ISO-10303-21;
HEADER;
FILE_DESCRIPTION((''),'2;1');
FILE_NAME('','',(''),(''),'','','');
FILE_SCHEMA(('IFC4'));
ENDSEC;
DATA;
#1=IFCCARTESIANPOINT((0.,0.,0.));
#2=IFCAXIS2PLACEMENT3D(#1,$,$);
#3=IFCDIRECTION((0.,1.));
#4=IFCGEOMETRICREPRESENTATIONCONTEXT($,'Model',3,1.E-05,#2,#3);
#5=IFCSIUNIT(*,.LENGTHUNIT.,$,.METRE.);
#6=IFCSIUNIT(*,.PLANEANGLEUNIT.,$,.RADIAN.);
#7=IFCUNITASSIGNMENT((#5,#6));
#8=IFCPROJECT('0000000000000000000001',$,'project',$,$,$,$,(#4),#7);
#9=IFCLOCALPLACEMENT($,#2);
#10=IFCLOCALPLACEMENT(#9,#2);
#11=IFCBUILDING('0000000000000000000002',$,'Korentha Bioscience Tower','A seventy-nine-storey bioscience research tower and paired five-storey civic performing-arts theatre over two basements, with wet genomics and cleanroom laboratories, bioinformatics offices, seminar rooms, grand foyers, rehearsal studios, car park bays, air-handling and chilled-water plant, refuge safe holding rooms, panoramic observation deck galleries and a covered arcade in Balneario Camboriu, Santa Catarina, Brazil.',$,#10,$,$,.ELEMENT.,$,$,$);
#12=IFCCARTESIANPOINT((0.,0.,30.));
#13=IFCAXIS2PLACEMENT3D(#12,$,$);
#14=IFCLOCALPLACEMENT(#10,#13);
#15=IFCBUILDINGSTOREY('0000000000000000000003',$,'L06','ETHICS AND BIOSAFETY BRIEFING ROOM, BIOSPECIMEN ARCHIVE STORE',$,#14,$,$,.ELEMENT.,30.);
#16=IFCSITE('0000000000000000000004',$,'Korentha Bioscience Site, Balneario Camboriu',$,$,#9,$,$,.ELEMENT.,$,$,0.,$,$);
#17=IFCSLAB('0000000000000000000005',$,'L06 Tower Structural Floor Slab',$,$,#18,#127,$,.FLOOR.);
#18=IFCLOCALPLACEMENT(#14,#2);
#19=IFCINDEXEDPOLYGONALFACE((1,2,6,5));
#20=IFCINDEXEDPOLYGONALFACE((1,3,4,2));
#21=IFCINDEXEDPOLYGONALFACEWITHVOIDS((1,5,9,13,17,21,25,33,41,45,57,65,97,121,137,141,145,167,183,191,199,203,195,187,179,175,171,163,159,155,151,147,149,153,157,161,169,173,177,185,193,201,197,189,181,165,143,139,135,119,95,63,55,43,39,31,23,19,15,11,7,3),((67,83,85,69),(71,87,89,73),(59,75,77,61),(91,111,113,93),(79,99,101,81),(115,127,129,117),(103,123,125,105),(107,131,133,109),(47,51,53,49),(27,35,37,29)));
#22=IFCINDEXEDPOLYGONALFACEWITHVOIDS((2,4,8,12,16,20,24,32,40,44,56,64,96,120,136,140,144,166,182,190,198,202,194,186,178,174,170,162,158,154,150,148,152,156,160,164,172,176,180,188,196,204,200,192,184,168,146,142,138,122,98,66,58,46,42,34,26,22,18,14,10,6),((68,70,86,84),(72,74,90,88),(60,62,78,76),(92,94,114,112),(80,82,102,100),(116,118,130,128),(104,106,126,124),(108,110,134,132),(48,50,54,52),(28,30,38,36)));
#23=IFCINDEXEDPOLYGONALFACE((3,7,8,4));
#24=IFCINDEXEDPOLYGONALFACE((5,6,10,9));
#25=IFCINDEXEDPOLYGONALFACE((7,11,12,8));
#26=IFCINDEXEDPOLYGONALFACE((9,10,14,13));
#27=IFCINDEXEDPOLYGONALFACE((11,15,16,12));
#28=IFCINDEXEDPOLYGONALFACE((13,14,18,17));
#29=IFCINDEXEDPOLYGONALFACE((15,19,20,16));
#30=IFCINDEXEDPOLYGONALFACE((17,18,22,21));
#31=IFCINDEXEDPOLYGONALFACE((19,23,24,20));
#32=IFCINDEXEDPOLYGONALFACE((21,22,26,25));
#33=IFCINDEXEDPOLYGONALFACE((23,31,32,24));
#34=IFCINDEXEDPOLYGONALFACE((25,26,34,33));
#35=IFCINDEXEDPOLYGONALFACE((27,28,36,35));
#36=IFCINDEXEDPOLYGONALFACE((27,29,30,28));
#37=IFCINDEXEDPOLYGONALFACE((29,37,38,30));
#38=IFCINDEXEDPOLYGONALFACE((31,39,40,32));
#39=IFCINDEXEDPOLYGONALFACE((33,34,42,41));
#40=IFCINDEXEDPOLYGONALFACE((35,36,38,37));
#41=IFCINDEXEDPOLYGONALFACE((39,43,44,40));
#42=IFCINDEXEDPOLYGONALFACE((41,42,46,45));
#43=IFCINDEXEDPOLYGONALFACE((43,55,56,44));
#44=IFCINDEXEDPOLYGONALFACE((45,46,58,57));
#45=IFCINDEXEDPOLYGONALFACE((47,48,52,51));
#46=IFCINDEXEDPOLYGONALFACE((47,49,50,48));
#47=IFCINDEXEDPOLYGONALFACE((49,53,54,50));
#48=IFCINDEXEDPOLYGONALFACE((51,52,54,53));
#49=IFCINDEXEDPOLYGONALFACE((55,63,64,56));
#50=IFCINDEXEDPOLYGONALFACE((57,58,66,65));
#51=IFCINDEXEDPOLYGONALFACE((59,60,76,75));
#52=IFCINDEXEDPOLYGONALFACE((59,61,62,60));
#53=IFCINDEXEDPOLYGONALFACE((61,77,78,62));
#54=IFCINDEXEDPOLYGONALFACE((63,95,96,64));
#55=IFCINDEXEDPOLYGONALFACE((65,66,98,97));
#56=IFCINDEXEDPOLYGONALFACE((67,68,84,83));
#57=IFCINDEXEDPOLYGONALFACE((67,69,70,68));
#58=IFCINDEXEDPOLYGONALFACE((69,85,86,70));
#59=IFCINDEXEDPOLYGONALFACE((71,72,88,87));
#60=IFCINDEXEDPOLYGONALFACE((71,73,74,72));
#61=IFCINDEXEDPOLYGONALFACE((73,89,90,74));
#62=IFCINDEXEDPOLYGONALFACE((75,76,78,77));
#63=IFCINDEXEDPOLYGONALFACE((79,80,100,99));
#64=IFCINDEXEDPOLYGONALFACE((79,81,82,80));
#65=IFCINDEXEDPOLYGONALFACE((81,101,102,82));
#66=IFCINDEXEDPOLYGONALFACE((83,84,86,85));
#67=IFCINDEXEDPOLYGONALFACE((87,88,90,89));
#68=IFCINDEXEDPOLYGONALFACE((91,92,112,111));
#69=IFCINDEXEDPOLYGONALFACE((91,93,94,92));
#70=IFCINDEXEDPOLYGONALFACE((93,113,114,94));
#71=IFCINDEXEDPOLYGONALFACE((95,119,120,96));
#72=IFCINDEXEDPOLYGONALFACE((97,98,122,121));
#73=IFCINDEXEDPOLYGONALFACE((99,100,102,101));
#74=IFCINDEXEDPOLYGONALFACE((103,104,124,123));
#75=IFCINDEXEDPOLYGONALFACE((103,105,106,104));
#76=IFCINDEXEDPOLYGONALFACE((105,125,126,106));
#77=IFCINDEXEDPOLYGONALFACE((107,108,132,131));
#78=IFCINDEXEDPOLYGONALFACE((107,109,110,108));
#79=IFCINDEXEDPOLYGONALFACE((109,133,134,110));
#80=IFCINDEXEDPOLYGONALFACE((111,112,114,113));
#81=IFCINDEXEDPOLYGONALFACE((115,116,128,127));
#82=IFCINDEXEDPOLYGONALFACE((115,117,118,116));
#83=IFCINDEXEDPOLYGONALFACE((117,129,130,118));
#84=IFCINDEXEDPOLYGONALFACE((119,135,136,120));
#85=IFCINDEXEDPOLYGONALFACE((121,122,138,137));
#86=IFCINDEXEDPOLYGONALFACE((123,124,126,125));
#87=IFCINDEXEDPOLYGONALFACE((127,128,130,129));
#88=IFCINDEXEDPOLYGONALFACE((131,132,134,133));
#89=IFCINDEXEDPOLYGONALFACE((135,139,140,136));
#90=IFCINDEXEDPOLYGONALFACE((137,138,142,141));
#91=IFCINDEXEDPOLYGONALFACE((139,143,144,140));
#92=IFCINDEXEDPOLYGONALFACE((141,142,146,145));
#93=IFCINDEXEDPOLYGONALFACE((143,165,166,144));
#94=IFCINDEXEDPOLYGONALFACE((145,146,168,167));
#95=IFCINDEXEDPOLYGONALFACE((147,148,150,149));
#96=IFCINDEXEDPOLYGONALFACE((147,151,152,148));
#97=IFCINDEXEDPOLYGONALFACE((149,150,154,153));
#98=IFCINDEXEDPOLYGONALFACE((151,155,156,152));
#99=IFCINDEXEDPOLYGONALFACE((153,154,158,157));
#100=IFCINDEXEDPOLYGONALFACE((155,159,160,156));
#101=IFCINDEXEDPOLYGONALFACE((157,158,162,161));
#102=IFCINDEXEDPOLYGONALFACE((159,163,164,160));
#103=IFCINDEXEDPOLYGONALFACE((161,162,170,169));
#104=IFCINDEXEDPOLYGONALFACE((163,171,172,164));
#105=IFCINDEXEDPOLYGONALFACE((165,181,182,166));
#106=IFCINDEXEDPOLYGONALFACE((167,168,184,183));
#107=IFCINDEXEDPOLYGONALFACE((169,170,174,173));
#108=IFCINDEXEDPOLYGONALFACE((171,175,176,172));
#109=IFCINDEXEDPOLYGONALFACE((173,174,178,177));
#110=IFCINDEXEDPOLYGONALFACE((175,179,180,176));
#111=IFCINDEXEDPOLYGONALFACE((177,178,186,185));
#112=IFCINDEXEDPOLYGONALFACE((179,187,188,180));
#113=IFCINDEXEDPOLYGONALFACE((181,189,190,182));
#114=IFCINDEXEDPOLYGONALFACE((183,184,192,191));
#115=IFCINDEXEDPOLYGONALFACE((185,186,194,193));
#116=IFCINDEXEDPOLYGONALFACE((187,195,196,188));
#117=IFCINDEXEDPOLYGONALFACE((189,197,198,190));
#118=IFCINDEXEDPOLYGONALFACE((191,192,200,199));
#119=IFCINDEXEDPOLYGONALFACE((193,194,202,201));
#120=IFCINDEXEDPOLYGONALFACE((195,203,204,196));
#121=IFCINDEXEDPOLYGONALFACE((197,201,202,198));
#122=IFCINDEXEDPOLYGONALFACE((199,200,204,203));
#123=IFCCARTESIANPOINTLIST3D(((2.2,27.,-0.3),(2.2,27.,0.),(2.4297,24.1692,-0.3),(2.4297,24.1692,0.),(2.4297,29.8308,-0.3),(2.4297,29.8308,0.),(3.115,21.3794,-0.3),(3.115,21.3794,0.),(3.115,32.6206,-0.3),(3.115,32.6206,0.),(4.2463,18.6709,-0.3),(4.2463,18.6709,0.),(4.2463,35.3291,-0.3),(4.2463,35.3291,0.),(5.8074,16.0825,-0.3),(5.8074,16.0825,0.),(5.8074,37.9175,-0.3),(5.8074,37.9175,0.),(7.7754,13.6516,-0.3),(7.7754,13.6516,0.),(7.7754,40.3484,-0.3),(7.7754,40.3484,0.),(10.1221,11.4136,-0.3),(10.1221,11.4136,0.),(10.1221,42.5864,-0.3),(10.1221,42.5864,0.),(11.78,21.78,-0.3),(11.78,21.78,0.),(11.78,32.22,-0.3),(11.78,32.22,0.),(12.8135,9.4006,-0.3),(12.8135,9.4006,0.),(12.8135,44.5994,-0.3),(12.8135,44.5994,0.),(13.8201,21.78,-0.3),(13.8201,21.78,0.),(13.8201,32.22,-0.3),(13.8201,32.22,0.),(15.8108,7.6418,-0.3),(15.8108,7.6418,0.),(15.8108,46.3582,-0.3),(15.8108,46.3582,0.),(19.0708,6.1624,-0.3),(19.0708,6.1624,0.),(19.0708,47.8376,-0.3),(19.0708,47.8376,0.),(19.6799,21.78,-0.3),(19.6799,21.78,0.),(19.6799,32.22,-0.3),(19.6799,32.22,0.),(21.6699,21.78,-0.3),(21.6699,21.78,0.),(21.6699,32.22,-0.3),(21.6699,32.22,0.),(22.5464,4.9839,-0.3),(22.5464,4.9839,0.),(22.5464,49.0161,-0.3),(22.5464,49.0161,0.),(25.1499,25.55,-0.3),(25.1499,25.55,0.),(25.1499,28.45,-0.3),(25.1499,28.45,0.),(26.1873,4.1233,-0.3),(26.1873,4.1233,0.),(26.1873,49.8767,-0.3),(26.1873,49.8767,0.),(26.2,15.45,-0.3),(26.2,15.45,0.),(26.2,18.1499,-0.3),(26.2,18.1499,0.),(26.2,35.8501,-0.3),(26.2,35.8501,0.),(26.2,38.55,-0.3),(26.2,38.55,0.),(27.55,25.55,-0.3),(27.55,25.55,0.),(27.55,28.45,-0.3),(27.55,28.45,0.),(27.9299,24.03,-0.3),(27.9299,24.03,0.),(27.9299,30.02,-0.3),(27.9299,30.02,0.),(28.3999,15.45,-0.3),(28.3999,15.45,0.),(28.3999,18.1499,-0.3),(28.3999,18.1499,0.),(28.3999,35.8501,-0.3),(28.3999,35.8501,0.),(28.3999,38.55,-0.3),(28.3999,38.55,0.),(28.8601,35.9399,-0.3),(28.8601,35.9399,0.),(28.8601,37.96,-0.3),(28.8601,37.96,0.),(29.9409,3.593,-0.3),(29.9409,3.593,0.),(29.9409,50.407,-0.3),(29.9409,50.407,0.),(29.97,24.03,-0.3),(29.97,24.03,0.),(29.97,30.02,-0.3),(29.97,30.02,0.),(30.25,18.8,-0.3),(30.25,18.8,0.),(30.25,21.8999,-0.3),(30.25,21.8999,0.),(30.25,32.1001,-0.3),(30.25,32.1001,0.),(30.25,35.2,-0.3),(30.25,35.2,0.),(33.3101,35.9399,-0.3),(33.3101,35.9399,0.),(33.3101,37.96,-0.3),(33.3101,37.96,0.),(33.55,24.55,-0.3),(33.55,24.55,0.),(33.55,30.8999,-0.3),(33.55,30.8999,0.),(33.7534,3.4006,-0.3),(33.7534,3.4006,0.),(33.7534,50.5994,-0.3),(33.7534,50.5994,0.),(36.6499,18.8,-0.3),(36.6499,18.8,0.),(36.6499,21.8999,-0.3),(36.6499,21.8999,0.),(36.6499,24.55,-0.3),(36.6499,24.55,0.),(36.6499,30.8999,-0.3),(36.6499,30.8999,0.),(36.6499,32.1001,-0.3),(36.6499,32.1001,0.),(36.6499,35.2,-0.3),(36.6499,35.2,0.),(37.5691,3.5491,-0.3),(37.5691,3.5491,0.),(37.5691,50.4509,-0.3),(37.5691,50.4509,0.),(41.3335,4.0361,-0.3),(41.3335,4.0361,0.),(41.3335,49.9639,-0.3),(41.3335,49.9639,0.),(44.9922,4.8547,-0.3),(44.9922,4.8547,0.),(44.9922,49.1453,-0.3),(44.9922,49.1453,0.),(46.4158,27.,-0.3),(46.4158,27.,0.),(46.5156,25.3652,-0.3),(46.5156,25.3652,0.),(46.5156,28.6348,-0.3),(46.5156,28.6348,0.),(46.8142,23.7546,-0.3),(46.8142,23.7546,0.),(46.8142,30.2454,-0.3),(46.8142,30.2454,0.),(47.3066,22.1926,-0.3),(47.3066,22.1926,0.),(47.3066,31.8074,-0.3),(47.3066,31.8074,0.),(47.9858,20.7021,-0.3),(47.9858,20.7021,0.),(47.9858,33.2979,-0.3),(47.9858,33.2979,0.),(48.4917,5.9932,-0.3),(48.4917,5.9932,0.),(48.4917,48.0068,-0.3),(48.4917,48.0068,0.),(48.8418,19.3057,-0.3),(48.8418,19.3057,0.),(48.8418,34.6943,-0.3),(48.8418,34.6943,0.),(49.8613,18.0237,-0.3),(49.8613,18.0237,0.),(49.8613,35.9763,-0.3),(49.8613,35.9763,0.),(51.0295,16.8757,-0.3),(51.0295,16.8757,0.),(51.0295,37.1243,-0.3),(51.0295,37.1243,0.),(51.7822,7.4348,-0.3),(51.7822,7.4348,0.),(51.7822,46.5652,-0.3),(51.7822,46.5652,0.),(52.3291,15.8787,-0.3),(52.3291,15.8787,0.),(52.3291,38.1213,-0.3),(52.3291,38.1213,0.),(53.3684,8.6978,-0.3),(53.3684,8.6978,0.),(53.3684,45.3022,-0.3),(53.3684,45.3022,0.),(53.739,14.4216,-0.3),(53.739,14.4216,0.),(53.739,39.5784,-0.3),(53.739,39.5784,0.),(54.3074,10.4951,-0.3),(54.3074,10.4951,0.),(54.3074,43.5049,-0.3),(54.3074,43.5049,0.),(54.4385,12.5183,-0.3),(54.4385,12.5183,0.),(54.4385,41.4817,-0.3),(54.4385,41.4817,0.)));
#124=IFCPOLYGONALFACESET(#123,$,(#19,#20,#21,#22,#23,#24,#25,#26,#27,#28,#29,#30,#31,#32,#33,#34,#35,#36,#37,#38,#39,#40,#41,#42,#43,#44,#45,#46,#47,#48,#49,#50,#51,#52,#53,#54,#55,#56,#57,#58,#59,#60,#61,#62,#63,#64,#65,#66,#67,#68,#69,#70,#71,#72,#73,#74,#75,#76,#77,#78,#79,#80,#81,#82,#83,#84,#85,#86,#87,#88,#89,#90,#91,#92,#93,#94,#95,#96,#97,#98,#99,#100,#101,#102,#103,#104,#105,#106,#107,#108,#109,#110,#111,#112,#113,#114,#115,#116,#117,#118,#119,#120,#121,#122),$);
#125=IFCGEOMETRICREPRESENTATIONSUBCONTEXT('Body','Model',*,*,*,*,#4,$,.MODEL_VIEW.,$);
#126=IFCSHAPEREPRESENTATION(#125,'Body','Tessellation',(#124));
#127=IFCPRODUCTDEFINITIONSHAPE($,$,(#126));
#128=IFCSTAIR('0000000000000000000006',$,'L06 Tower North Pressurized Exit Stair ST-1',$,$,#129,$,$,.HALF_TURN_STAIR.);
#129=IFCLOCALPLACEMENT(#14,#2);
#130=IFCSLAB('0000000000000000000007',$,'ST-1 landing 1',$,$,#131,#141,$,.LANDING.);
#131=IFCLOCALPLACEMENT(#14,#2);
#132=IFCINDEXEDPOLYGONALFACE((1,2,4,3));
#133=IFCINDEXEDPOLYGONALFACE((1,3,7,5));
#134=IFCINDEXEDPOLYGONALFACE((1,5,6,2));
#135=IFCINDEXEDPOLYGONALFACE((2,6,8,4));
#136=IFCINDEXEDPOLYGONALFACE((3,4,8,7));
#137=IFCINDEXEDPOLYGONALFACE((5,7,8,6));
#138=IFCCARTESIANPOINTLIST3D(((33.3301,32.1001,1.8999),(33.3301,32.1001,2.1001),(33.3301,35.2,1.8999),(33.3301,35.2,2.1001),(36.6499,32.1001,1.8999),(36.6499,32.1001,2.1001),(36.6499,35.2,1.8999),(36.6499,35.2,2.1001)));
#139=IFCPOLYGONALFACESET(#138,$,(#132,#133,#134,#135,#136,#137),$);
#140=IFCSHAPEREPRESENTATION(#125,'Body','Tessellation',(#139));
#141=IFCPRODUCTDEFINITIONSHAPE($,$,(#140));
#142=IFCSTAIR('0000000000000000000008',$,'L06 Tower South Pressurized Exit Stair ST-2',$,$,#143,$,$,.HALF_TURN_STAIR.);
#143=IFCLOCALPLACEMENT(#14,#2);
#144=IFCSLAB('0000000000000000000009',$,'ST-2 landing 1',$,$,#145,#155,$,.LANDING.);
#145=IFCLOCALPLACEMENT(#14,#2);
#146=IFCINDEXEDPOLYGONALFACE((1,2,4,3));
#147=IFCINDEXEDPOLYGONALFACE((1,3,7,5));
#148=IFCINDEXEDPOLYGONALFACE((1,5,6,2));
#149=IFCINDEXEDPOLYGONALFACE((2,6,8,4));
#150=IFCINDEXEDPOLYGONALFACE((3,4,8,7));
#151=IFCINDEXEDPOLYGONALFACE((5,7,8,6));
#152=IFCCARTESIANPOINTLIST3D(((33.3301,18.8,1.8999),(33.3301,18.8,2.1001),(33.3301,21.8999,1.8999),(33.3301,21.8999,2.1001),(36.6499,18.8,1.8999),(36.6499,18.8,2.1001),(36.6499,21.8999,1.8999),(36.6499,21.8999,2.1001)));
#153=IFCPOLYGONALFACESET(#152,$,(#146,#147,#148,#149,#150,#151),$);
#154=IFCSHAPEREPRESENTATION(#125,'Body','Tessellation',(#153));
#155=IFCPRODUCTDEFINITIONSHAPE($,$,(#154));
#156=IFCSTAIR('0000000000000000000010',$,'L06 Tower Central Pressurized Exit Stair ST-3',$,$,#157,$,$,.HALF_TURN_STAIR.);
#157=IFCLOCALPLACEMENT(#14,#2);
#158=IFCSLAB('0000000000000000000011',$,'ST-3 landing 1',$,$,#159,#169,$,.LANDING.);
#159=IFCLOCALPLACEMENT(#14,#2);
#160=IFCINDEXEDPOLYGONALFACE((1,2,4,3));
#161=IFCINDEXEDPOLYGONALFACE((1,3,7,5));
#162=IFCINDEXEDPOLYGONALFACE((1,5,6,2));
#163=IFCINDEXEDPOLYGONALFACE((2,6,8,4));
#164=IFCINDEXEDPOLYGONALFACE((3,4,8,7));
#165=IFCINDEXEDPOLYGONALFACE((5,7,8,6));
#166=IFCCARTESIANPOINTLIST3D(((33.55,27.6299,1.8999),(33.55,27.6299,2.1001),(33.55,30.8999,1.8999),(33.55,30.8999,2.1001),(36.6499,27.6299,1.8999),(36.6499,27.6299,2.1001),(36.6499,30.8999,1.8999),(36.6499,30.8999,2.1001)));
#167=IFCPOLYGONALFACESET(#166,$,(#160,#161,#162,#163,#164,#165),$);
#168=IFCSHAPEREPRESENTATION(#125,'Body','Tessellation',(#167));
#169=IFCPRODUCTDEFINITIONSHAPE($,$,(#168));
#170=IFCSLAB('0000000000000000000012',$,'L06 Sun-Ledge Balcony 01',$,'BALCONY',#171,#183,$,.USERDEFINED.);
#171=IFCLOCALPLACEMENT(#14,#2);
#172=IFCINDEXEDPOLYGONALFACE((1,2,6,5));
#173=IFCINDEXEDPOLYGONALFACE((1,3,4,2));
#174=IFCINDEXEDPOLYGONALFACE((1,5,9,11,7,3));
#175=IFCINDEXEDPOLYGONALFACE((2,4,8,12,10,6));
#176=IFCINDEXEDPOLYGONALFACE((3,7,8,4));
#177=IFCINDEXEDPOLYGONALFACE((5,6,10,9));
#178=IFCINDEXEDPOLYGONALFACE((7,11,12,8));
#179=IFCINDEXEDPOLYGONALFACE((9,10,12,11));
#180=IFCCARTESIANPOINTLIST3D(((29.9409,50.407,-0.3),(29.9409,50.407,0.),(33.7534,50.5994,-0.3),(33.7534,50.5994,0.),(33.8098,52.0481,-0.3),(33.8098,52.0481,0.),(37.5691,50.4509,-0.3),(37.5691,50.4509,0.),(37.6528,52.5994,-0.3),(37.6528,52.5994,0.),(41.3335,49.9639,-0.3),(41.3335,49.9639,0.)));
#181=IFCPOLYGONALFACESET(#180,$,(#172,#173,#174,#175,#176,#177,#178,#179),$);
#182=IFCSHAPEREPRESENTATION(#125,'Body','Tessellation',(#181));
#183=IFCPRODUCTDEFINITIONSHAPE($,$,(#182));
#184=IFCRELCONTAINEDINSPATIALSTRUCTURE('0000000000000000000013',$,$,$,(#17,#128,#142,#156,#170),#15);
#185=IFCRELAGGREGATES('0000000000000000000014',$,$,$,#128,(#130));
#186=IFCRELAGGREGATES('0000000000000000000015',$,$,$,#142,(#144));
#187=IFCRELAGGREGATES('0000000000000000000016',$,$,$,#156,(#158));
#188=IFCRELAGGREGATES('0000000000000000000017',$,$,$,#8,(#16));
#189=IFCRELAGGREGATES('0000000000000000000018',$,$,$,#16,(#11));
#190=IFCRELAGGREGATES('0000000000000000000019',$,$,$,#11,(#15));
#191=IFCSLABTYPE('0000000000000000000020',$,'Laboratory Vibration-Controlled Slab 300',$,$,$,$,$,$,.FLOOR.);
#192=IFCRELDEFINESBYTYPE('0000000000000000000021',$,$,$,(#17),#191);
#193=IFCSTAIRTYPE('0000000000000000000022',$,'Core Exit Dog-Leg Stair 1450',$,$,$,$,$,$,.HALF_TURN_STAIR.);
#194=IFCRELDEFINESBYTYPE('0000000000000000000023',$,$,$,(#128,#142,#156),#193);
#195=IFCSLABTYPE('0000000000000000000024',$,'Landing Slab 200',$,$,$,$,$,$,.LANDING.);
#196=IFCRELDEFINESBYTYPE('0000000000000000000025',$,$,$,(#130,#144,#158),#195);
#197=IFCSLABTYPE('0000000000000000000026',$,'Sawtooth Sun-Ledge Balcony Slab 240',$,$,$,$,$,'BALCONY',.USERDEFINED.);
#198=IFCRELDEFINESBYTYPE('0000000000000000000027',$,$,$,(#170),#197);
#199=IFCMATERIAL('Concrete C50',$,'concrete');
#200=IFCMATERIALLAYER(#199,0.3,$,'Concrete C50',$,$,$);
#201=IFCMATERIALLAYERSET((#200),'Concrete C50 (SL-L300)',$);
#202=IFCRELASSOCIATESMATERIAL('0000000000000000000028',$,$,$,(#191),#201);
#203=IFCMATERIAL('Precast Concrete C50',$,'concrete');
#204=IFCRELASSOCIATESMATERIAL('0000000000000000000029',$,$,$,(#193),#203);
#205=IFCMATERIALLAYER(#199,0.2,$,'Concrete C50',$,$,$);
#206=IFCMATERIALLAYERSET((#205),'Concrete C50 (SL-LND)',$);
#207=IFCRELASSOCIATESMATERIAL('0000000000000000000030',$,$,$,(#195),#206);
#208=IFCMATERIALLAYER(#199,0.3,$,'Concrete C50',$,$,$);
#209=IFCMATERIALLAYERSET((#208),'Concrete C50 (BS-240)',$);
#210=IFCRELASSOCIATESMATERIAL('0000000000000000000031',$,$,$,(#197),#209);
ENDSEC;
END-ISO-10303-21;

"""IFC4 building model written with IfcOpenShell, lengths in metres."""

from ifc_helpers import new_model, si_unit, direction, frame, origin, place, context, subcontext, project, spatial, polyline, outline, extrude, material, layer, layer_set, type_object, element, aggregate, save


model = new_model("IFC4")

# Units and contexts
model_context = context("Model", 3, precision=1e-05, world=origin(), true_north=direction((0.0, 1.0)))
body_context = subcontext(model_context, "Body", "Model", "MODEL_VIEW")
ifc_project = project(units=[si_unit("LENGTHUNIT", "METRE"), si_unit("PLANEANGLEUNIT", "RADIAN")], contexts=[model_context])

# Site, building, storey
site_placement = place(None, origin())
site = spatial("IfcSite", under=ifc_project, at=site_placement, Name="Korentha Bioscience Site, Balneario Camboriu", CompositionType="ELEMENT", RefElevation=0.0)
building_placement = place(site_placement, origin())
building = spatial("IfcBuilding", under=site, at=building_placement, Name="Korentha Bioscience Tower", Description="A seventy-nine-storey bioscience research tower and paired five-storey civic performing-arts theatre over two basements, with wet genomics and cleanroom laboratories, bioinformatics offices, seminar rooms, grand foyers, rehearsal studios, car park bays, air-handling and chilled-water plant, refuge safe holding rooms, panoramic observation deck galleries and a covered arcade in Balneario Camboriu, Santa Catarina, Brazil.", CompositionType="ELEMENT")
storey_placement = place(building_placement, frame((0.0, 0.0, 30.0)))
storey = spatial("IfcBuildingStorey", under=building, at=storey_placement, Name="L06", Description="ETHICS AND BIOSAFETY BRIEFING ROOM, BIOSPECIMEN ARCHIVE STORE", CompositionType="ELEMENT", Elevation=30.0)

# Slab
ifc_material_1 = material(Name="Concrete C50", Category="concrete")
ifc_layer_1 = layer(ifc_material_1, 0.3, Name="Concrete C50")
ifc_layer_set_1 = layer_set([ifc_layer_1], Name="Concrete C50 (SL-L300)")
slab_type_1 = type_object("IfcSlabType", Name="Laboratory Vibration-Controlled Slab 300", PredefinedType="FLOOR", material=ifc_layer_set_1)
slab_1_placement = place(storey_placement, frame((0.0, 0.0, -0.3)))
element("IfcSlab", 1, at=slab_1_placement, inside=storey, type_object=slab_type_1, Name="L06 Tower Structural Floor Slab", PredefinedType="FLOOR", context=body_context, shape_type="SweptSolid", body=[
    extrude(outline(polyline([(51.7822, 46.5652), (48.4917, 48.0068), (44.9922, 49.1453), (41.3335, 49.9639), (37.5691, 50.4509), (33.7534, 50.5994), (29.9409, 50.407), (26.1873, 49.8767), (22.5464, 49.0161), (19.0708, 47.8376), (15.8108, 46.3582), (12.8135, 44.5994), (10.1221, 42.5864), (7.7754, 40.3484), (5.8074, 37.9175), (4.2463, 35.3291), (3.115, 32.6206), (2.4297, 29.8308), (2.2, 27.0), (2.4297, 24.1692), (3.115, 21.3794), (4.2463, 18.6709), (5.8074, 16.0825), (7.7754, 13.6516), (10.1221, 11.4136), (12.8135, 9.4006), (15.8108, 7.6418), (19.0708, 6.1624), (22.5464, 4.9839), (26.1873, 4.1233), (29.9409, 3.593), (33.7534, 3.4006), (37.5691, 3.5491), (41.3335, 4.0361), (44.9922, 4.8547), (48.4917, 5.9932), (51.7822, 7.4348), (53.3684, 8.6978), (54.3074, 10.4951), (54.4385, 12.5183), (53.739, 14.4216), (52.3291, 15.8787), (51.0295, 16.8757), (49.8613, 18.0237), (48.8418, 19.3057), (47.9858, 20.7021), (47.3066, 22.1926), (46.8142, 23.7546), (46.5156, 25.3652), (46.4158, 27.0), (46.5156, 28.6348), (46.8142, 30.2454), (47.3066, 31.8074), (47.9858, 33.2979), (48.8418, 34.6943), (49.8613, 35.9763), (51.0295, 37.1243), (52.3291, 38.1213), (53.739, 39.5784), (54.4385, 41.4817), (54.3074, 43.5049), (53.3684, 45.3022), (51.7822, 46.5652)]), holes=[polyline([(30.25, 32.1001), (36.6499, 32.1001), (36.6499, 35.2), (30.25, 35.2), (30.25, 32.1001)]), polyline([(30.25, 18.8), (36.6499, 18.8), (36.6499, 21.8999), (30.25, 21.8999), (30.25, 18.8)]), polyline([(36.6499, 24.55), (36.6499, 30.8999), (33.55, 30.8999), (33.55, 24.55), (36.6499, 24.55)]), polyline([(11.78, 21.78), (13.8201, 21.78), (13.8201, 32.22), (11.78, 32.22), (11.78, 21.78)]), polyline([(19.6799, 21.78), (21.6699, 21.78), (21.6699, 32.22), (19.6799, 32.22), (19.6799, 21.78)]), polyline([(27.9299, 24.03), (29.97, 24.03), (29.97, 30.02), (27.9299, 30.02), (27.9299, 24.03)]), polyline([(28.8601, 35.9399), (33.3101, 35.9399), (33.3101, 37.96), (28.8601, 37.96), (28.8601, 35.9399)]), polyline([(26.2, 15.45), (28.3999, 15.45), (28.3999, 18.1499), (26.2, 18.1499), (26.2, 15.45)]), polyline([(26.2, 35.8501), (28.3999, 35.8501), (28.3999, 38.55), (26.2, 38.55), (26.2, 35.8501)]), polyline([(25.1499, 25.55), (27.55, 25.55), (27.55, 28.45), (25.1499, 28.45), (25.1499, 25.55)])]), origin(), (0.0, 0.0, 1.0), 0.3),
])

# Stairs, slabs
ifc_material_2 = material(Name="Precast Concrete C50", Category="concrete")
stair_type = type_object("IfcStairType", Name="Core Exit Dog-Leg Stair 1450", PredefinedType="HALF_TURN_STAIR", material=ifc_material_2)
stair_1_placement = place(storey_placement, origin())
stair_1 = element("IfcStair", 2, at=stair_1_placement, inside=storey, type_object=stair_type, Name="L06 Tower North Pressurized Exit Stair ST-1", PredefinedType="HALF_TURN_STAIR")
ifc_layer_2 = layer(ifc_material_1, 0.2, Name="Concrete C50")
ifc_layer_set_2 = layer_set([ifc_layer_2], Name="Concrete C50 (SL-LND)")
slab_type_2 = type_object("IfcSlabType", Name="Landing Slab 200", PredefinedType="LANDING", material=ifc_layer_set_2)
slab_2_placement = place(storey_placement, frame((0.0, 0.0, 1.8999)))
slab_2 = element("IfcSlab", 3, at=slab_2_placement, type_object=slab_type_2, Name="ST-1 landing 1", PredefinedType="LANDING", context=body_context, shape_type="SweptSolid", body=[
    extrude(outline(polyline([(33.3301, 32.1001), (36.6499, 32.1001), (36.6499, 35.2), (33.3301, 35.2), (33.3301, 32.1001)])), origin(), (0.0, 0.0, 1.0), 0.2002),
])
aggregate(stair_1, [slab_2])
stair_2_placement = place(storey_placement, origin())
stair_2 = element("IfcStair", 4, at=stair_2_placement, inside=storey, type_object=stair_type, Name="L06 Tower South Pressurized Exit Stair ST-2", PredefinedType="HALF_TURN_STAIR")
slab_3_placement = place(storey_placement, frame((0.0, 0.0, 1.8999)))
slab_3 = element("IfcSlab", 5, at=slab_3_placement, type_object=slab_type_2, Name="ST-2 landing 1", PredefinedType="LANDING", context=body_context, shape_type="SweptSolid", body=[
    extrude(outline(polyline([(33.3301, 18.8), (36.6499, 18.8), (36.6499, 21.8999), (33.3301, 21.8999), (33.3301, 18.8)])), origin(), (0.0, 0.0, 1.0), 0.2002),
])
aggregate(stair_2, [slab_3])
stair_3_placement = place(storey_placement, origin())
stair_3 = element("IfcStair", 6, at=stair_3_placement, inside=storey, type_object=stair_type, Name="L06 Tower Central Pressurized Exit Stair ST-3", PredefinedType="HALF_TURN_STAIR")
slab_4_placement = place(storey_placement, frame((0.0, 0.0, 1.8999)))
slab_4 = element("IfcSlab", 7, at=slab_4_placement, type_object=slab_type_2, Name="ST-3 landing 1", PredefinedType="LANDING", context=body_context, shape_type="SweptSolid", body=[
    extrude(outline(polyline([(36.6499, 27.6299), (36.6499, 30.8999), (33.55, 30.8999), (33.55, 27.6299), (36.6499, 27.6299)])), origin(), (0.0, 0.0, 1.0), 0.2002),
])
aggregate(stair_3, [slab_4])

# Slab
ifc_layer_3 = layer(ifc_material_1, 0.3, Name="Concrete C50")
ifc_layer_set_3 = layer_set([ifc_layer_3], Name="Concrete C50 (BS-240)")
slab_type_3 = type_object("IfcSlabType", Name="Sawtooth Sun-Ledge Balcony Slab 240", ElementType="BALCONY", PredefinedType="USERDEFINED", material=ifc_layer_set_3)
slab_5_placement = place(storey_placement, frame((0.0, 0.0, -0.3)))
element("IfcSlab", 8, at=slab_5_placement, inside=storey, type_object=slab_type_3, Name="L06 Sun-Ledge Balcony 01", ObjectType="BALCONY", PredefinedType="USERDEFINED", context=body_context, shape_type="SweptSolid", body=[
    extrude(outline(polyline([(29.9409, 50.407), (33.7534, 50.5994), (37.5691, 50.4509), (41.3335, 49.9639), (37.6528, 52.5994), (33.8098, 52.0481), (29.9409, 50.407)])), origin(), (0.0, 0.0, 1.0), 0.3),
])

save(model, "model.ifc")
